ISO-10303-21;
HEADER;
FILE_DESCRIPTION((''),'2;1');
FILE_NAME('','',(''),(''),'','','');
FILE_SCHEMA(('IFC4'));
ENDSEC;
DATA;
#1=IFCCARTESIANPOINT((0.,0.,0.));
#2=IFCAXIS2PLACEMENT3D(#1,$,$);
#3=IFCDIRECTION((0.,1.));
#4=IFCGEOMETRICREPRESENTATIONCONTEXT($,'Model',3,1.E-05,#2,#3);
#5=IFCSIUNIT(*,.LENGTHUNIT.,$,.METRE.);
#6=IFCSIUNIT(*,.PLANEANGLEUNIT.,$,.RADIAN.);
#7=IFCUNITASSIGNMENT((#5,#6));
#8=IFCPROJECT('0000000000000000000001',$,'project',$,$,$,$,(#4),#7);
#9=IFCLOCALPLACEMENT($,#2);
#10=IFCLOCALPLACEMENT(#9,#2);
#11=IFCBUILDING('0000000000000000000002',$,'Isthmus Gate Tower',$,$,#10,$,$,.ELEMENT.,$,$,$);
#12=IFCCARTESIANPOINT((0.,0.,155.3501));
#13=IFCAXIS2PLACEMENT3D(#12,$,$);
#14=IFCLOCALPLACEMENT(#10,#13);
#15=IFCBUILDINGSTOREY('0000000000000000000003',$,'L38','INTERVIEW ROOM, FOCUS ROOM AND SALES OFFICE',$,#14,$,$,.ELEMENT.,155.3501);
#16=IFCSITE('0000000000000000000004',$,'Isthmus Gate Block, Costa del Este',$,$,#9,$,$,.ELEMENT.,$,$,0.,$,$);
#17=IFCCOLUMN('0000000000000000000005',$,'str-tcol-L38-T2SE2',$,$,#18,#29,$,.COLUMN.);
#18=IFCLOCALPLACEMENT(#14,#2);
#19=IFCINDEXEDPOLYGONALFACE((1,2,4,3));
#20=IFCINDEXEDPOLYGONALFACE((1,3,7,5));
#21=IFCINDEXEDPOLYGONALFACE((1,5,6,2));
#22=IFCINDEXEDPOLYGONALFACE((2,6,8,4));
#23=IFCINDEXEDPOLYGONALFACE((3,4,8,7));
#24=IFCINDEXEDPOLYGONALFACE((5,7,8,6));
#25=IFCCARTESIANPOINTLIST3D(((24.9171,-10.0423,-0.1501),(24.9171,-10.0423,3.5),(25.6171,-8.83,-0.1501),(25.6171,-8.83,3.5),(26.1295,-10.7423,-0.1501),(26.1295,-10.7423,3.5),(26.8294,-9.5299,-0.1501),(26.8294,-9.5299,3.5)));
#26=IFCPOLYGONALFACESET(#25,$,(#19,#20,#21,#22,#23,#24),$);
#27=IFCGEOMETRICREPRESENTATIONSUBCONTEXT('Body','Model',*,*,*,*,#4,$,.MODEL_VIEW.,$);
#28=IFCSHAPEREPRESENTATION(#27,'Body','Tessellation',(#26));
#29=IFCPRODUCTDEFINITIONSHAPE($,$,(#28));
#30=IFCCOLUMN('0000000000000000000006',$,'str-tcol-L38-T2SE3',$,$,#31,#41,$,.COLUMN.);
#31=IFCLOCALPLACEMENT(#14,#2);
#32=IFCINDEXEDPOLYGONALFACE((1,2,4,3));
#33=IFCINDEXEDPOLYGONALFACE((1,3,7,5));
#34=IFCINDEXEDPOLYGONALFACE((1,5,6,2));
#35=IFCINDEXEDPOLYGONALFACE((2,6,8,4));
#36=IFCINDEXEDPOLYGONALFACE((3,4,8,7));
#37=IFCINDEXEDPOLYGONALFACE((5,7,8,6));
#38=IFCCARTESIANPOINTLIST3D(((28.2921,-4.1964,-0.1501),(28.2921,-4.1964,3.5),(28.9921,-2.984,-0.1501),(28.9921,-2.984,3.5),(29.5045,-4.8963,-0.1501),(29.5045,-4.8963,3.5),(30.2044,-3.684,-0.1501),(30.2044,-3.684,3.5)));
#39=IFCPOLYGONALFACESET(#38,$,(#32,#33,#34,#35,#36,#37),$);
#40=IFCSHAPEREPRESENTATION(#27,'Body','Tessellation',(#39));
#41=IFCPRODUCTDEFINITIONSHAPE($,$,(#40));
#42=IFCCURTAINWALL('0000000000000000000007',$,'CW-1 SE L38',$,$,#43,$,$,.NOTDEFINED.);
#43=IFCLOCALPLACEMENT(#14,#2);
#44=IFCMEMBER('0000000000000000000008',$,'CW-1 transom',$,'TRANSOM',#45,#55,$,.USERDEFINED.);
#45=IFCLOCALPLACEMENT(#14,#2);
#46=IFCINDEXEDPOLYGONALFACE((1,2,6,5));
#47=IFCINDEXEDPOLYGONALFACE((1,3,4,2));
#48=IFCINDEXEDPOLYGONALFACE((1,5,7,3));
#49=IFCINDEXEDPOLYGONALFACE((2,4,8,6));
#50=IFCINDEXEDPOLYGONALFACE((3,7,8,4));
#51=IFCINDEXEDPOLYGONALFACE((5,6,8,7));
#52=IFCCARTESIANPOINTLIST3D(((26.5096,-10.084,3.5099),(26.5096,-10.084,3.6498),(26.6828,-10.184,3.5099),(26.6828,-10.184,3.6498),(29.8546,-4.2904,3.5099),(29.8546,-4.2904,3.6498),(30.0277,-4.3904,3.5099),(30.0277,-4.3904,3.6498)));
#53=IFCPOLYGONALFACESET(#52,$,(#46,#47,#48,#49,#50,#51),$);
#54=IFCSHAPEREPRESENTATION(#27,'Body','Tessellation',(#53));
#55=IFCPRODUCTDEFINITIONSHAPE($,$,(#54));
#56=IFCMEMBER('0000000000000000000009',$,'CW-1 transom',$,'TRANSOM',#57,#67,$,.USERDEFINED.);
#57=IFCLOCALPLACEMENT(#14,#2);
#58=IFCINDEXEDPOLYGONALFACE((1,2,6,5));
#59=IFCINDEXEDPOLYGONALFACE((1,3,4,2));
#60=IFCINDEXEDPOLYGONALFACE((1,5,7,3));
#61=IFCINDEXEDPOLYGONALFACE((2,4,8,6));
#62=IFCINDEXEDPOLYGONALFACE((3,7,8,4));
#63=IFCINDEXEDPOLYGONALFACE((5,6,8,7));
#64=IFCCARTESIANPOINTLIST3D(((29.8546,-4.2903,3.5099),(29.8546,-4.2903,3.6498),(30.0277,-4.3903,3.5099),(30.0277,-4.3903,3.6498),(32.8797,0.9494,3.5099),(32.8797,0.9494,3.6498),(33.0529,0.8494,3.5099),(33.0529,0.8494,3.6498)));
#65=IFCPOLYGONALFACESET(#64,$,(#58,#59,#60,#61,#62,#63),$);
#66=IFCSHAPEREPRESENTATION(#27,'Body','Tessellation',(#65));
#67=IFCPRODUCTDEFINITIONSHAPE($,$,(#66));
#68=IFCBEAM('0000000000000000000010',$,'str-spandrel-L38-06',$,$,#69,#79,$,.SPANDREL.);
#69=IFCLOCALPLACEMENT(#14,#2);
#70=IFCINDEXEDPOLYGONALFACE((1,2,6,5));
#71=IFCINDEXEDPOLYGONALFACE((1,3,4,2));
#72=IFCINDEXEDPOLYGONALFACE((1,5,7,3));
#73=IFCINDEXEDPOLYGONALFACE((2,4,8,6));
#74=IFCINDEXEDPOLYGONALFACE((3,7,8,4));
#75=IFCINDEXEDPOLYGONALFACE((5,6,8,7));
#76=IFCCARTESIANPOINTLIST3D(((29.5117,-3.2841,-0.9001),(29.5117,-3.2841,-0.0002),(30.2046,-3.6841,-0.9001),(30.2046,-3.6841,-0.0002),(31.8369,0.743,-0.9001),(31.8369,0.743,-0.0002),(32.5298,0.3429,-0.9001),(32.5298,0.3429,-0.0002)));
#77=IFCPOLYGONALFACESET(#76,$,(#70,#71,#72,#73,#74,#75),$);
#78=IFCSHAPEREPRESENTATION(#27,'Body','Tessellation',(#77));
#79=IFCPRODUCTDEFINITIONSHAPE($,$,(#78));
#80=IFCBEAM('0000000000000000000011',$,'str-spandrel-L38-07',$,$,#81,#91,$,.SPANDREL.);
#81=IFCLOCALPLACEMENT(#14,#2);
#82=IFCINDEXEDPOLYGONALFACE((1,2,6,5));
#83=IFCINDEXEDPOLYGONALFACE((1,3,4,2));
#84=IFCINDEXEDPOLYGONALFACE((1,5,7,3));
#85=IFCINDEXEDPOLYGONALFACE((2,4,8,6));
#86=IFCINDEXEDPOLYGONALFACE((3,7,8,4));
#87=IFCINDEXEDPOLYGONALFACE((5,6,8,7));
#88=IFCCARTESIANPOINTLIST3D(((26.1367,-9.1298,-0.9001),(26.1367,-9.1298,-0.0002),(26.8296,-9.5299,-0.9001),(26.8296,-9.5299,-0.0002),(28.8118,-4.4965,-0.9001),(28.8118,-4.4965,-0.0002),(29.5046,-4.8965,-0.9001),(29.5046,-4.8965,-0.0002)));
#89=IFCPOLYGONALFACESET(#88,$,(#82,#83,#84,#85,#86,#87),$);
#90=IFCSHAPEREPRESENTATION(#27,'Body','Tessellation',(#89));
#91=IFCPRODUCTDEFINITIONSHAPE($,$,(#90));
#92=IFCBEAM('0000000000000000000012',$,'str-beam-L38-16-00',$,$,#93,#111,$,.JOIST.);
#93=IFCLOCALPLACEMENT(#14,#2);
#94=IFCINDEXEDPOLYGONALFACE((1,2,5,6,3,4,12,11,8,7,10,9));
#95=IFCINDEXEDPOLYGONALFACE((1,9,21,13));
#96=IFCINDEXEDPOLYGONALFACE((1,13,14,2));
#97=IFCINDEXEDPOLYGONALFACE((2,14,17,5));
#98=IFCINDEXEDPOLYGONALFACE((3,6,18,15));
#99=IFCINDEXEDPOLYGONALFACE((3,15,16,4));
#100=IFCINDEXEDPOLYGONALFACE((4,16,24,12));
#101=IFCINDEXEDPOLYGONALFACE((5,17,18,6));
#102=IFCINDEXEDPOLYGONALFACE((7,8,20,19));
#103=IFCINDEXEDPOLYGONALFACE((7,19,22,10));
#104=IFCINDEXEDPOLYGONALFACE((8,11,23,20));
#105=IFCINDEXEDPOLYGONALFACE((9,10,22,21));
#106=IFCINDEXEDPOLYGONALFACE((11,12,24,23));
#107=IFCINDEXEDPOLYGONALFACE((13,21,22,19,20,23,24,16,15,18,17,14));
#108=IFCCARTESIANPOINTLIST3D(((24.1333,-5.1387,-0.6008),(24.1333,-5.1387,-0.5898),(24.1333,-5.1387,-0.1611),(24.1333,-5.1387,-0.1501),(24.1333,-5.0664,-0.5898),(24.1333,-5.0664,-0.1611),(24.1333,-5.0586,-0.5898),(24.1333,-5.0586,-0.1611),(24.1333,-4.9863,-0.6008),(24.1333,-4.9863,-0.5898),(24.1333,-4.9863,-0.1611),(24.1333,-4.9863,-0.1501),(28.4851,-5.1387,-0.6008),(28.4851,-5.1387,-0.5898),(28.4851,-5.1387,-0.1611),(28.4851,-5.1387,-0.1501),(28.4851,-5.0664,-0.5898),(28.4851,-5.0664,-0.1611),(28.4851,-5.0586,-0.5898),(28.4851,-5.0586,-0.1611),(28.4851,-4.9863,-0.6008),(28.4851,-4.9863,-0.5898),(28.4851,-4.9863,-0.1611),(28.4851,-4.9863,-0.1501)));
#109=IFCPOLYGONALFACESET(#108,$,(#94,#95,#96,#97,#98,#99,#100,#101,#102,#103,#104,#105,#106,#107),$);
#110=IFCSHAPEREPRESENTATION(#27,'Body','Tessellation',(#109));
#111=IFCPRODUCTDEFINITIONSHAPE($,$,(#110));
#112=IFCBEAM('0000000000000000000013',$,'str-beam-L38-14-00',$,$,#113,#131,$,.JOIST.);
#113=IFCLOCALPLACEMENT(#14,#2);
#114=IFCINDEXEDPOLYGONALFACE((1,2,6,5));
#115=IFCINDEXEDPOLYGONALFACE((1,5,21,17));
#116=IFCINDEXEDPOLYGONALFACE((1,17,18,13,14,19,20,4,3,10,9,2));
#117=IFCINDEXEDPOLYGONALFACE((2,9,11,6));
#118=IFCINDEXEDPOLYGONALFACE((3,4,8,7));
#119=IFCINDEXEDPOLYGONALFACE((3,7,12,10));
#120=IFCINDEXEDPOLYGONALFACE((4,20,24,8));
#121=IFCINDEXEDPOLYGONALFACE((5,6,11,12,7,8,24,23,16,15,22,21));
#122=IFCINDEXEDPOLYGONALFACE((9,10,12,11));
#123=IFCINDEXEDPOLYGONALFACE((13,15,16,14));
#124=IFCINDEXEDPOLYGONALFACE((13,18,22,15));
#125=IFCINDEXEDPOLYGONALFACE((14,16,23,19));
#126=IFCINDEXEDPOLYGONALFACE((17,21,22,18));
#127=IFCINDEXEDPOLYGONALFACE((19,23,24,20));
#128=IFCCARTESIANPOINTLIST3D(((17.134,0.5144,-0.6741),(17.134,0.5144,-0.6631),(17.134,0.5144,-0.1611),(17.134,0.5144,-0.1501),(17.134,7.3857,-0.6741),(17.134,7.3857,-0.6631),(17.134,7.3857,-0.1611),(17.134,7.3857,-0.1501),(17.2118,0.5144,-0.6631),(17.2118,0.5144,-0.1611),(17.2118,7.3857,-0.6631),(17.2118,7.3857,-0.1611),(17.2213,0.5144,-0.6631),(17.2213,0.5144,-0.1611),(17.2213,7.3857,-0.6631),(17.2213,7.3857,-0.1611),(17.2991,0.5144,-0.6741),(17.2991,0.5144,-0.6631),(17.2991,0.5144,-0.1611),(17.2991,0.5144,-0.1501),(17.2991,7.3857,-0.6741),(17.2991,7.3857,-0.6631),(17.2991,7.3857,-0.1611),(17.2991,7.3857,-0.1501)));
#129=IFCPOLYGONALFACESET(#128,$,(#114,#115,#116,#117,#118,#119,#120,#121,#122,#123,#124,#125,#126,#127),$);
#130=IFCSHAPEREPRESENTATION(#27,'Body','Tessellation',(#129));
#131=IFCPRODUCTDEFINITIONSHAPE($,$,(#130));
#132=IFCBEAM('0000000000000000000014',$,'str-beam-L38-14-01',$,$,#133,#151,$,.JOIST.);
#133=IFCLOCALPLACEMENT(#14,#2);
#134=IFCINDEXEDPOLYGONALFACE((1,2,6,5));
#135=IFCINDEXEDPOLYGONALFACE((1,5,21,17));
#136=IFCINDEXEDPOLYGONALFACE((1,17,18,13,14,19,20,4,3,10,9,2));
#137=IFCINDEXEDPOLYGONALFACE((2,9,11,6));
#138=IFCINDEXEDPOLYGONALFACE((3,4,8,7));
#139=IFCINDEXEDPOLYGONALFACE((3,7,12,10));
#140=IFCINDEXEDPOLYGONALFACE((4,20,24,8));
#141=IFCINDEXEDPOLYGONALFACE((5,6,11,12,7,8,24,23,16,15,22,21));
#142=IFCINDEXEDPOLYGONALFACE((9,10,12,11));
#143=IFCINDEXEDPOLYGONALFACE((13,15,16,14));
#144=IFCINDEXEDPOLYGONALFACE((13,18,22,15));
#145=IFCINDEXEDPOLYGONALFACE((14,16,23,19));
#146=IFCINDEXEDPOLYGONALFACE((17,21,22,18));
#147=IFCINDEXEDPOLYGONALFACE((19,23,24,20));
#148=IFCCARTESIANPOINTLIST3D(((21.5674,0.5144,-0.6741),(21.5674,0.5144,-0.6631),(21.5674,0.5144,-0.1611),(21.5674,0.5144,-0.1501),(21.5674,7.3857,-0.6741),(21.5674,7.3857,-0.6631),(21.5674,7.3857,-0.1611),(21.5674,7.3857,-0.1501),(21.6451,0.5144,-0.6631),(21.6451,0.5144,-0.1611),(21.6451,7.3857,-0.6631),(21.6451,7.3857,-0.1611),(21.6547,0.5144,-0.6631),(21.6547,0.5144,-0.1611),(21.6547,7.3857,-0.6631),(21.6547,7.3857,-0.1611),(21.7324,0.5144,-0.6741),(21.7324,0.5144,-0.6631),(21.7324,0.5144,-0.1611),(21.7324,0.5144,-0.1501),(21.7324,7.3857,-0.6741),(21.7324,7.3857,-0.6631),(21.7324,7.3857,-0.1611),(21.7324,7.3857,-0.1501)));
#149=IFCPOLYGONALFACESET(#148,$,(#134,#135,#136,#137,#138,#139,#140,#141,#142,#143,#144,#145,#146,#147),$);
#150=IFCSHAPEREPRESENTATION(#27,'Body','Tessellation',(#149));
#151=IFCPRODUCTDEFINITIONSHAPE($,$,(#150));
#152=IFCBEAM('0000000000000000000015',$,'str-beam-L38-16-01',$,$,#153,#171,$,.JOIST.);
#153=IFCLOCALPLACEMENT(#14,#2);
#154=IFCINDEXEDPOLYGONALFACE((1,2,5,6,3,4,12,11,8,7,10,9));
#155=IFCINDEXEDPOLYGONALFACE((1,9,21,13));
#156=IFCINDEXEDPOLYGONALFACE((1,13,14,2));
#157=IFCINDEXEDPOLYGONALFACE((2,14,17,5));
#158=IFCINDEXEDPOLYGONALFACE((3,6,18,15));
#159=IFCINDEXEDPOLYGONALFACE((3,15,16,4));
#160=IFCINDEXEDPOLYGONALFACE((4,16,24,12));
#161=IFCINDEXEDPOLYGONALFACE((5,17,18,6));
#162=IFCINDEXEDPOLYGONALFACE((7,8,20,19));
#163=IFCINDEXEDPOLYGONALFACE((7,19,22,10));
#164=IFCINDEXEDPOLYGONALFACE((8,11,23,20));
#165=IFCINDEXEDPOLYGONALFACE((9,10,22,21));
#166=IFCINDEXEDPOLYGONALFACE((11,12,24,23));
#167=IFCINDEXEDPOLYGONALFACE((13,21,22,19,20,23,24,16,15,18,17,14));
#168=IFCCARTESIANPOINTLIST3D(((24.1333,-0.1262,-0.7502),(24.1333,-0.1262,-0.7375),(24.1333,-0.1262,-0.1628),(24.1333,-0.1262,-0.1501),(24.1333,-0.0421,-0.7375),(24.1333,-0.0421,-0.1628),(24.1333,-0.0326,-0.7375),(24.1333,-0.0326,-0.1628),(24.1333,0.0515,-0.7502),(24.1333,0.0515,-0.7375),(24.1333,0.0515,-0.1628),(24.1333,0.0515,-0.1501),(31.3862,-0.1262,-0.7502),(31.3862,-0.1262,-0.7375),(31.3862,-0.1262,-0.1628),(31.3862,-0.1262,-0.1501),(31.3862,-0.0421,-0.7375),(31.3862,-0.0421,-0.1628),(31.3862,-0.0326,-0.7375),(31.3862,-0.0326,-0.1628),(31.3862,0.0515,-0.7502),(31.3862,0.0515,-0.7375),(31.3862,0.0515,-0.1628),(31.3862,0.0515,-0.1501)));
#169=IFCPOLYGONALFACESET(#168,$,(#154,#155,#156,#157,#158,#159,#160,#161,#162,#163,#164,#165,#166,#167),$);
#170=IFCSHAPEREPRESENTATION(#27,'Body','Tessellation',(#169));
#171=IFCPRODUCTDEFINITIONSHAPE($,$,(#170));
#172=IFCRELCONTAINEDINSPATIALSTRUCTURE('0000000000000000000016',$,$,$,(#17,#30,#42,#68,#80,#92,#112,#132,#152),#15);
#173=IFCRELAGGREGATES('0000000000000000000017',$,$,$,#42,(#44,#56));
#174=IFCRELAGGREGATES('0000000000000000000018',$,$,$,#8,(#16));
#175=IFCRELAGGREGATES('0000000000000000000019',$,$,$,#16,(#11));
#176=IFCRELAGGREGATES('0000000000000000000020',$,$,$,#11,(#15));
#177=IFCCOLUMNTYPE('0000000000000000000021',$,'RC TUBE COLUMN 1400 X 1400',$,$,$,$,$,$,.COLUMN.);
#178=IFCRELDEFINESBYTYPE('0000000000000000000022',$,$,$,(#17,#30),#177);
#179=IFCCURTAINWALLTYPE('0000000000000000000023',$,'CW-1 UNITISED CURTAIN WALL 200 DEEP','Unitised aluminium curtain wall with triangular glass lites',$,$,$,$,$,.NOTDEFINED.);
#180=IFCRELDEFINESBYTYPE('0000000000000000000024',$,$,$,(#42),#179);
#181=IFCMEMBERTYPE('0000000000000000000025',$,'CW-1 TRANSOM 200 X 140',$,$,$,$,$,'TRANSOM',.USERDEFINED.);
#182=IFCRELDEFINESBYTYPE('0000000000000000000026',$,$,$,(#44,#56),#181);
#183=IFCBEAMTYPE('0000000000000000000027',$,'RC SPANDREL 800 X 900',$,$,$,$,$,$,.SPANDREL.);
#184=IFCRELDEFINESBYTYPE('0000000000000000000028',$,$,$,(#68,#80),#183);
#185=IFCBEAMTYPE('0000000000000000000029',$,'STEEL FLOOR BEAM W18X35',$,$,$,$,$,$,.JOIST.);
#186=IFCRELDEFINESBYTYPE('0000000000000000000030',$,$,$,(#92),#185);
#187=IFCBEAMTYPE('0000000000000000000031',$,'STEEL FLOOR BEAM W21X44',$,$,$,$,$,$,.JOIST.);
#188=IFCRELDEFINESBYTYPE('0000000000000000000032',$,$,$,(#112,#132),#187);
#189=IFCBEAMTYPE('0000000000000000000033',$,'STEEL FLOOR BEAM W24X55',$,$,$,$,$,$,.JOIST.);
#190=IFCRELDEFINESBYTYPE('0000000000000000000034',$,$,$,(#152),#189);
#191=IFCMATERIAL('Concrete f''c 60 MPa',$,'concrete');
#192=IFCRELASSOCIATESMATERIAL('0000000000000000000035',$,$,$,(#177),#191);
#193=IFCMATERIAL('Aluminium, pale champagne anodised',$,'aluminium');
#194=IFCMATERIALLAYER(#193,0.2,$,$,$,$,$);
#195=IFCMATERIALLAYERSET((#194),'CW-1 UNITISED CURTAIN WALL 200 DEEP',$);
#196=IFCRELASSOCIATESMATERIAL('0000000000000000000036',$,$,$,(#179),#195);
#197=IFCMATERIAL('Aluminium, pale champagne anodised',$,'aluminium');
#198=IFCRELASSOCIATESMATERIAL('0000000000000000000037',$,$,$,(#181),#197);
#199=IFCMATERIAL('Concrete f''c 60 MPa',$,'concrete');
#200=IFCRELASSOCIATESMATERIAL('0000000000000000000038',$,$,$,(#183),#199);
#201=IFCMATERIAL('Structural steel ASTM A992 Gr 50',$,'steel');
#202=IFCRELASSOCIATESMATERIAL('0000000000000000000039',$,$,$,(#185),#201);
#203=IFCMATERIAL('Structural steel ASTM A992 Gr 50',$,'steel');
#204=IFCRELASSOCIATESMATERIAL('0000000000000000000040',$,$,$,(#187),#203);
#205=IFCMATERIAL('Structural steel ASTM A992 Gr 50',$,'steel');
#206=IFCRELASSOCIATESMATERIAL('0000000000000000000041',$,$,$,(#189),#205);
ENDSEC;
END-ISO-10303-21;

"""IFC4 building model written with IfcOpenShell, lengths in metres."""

from ifc_helpers import new_model, si_unit, direction, frame, origin, origin_2d, place, context, subcontext, project, spatial, rectangle, i_section, extrude, material, layer, layer_set, material_profile, profile_set, type_object, element, aggregate, save


model = new_model("IFC4")

# Units and contexts
model_context = context("Model", 3, precision=1e-05, world=origin(), true_north=direction((0.0, 1.0)))
body_context = subcontext(model_context, "Body", "Model", "MODEL_VIEW")
ifc_project = project(units=[si_unit("LENGTHUNIT", "METRE"), si_unit("PLANEANGLEUNIT", "RADIAN")], contexts=[model_context])

# Site, building, storey
site_placement = place(None, origin())
site = spatial("IfcSite", under=ifc_project, at=site_placement, Name="Isthmus Gate Block, Costa del Este", CompositionType="ELEMENT", RefElevation=0.0)
building_placement = place(site_placement, origin())
building = spatial("IfcBuilding", under=site, at=building_placement, Name="Isthmus Gate Tower", CompositionType="ELEMENT")
storey_placement = place(building_placement, frame((0.0, 0.0, 155.3501)))
storey = spatial("IfcBuildingStorey", under=building, at=storey_placement, Name="L38", Description="INTERVIEW ROOM, FOCUS ROOM AND SALES OFFICE", CompositionType="ELEMENT", Elevation=155.3501)

# Columns
ifc_material_1 = material(Name="Concrete f'c 60 MPa", Category="concrete")
ifc_material_profile_1 = material_profile(ifc_material_1, rectangle(XDim=1.3999, YDim=1.3999, at=origin_2d()), Name="RC 1400X1400")
ifc_profile_set_1 = profile_set([ifc_material_profile_1], Name="Concrete f'c 60 MPa")
column_type = type_object("IfcColumnType", Name="RC TUBE COLUMN 1400 X 1400", PredefinedType="COLUMN", material=ifc_profile_set_1)
for number, where, z_axis, x_axis, name in (
    (1, (25.8733, -9.7861, -0.1501), (0.0, 0.0, 1.0), (0.5, 0.866025, 0.0), "str-tcol-L38-T2SE2"),
    (2, (29.2483, -3.9402, -0.1501), (0.0, 0.0, 1.0), (0.5, 0.866025, 0.0), "str-tcol-L38-T2SE3"),
):
    element("IfcColumn", number, at=place(storey_placement, frame(where, z_axis=z_axis, x_axis=x_axis)), inside=storey, type_object=column_type, Name=name, PredefinedType="COLUMN", context=body_context, shape_type="SweptSolid", body=[
        extrude(rectangle(XDim=1.3999, YDim=1.3999, at=origin_2d()), origin(), (0.0, 0.0, 1.0), 3.6501),
    ])

# Curtain wall, members
ifc_material_2 = material(Name="Aluminium, pale champagne anodised", Category="aluminium")
ifc_layer_1 = layer(ifc_material_2, 0.2)
ifc_layer_set_1 = layer_set([ifc_layer_1], Name="CW-1 UNITISED CURTAIN WALL 200 DEEP")
curtain_wall_type = type_object("IfcCurtainWallType", Name="CW-1 UNITISED CURTAIN WALL 200 DEEP", Description="Unitised aluminium curtain wall with triangular glass lites", PredefinedType="NOTDEFINED", material=ifc_layer_set_1)
curtain_wall_placement = place(storey_placement, origin())
curtain_wall = element("IfcCurtainWall", 3, at=curtain_wall_placement, inside=storey, type_object=curtain_wall_type, Name="CW-1 SE L38", PredefinedType="NOTDEFINED")
ifc_material_3 = material(Name="Aluminium, pale champagne anodised", Category="aluminium")
ifc_material_profile_2 = material_profile(ifc_material_3, rectangle(XDim=0.2, YDim=0.1399, at=origin_2d()), Name="200x140")
ifc_profile_set_2 = profile_set([ifc_material_profile_2], Name="Aluminium, pale champagne anodised")
member_type = type_object("IfcMemberType", Name="CW-1 TRANSOM 200 X 140", ElementType="TRANSOM", PredefinedType="USERDEFINED", material=ifc_profile_set_2)
member_1_placement = place(storey_placement, frame((26.5962, -10.134, 3.5798), z_axis=(0.499997, 0.866027, 0.0), x_axis=(-0.866027, 0.499997, 0.0)))
member_1 = element("IfcMember", 4, at=member_1_placement, type_object=member_type, Name="CW-1 transom", ObjectType="TRANSOM", PredefinedType="USERDEFINED", context=body_context, shape_type="SweptSolid", body=[
    extrude(rectangle(XDim=0.2, YDim=0.1399, at=origin_2d()), origin(), (0.0, 0.0, 1.0), 6.6899),
])
member_2_placement = place(storey_placement, frame((29.9412, -4.3403, 3.5798), z_axis=(0.499997, 0.866027, 0.0), x_axis=(-0.866027, 0.499997, 0.0)))
member_2 = element("IfcMember", 5, at=member_2_placement, type_object=member_type, Name="CW-1 transom", ObjectType="TRANSOM", PredefinedType="USERDEFINED", context=body_context, shape_type="SweptSolid", body=[
    extrude(rectangle(XDim=0.2, YDim=0.1399, at=origin_2d()), origin(), (0.0, 0.0, 1.0), 6.0503),
])

# Beams
ifc_material_4 = material(Name="Concrete f'c 60 MPa", Category="concrete")
ifc_material_profile_3 = material_profile(ifc_material_4, rectangle(XDim=0.8, YDim=0.8999, at=origin_2d()), Name="RC 800X900")
ifc_profile_set_3 = profile_set([ifc_material_profile_3], Name="Concrete f'c 60 MPa")
beam_type_1 = type_object("IfcBeamType", Name="RC SPANDREL 800 X 900", PredefinedType="SPANDREL", material=ifc_profile_set_3)
beam_1_placement = place(storey_placement, frame((32.1833, 0.543, -0.4502), z_axis=(-0.500024, -0.866012, 0.0), x_axis=(0.866012, -0.500024, 0.0)))
element("IfcBeam", 6, at=beam_1_placement, inside=storey, type_object=beam_type_1, Name="str-spandrel-L38-06", PredefinedType="SPANDREL", context=body_context, shape_type="SweptSolid", body=[
    extrude(rectangle(XDim=0.8, YDim=0.8999, at=origin_2d()), origin(), (0.0, 0.0, 1.0), 4.6501),
])
beam_2_placement = place(storey_placement, frame((29.1582, -4.6965, -0.4502), z_axis=(-0.500002, -0.866024, 0.0), x_axis=(0.866024, -0.500002, 0.0)))
element("IfcBeam", 7, at=beam_2_placement, inside=storey, type_object=beam_type_1, Name="str-spandrel-L38-07", PredefinedType="SPANDREL", context=body_context, shape_type="SweptSolid", body=[
    extrude(rectangle(XDim=0.8, YDim=0.8999, at=origin_2d()), origin(), (0.0, 0.0, 1.0), 5.3501),
])
ifc_material_5 = material(Name="Structural steel ASTM A992 Gr 50", Category="steel")
ifc_material_profile_4 = material_profile(ifc_material_5, i_section(OverallWidth=0.1523, OverallDepth=0.4507, WebThickness=0.0078, FlangeThickness=0.011, at=origin_2d()), Name="W18X35")
ifc_profile_set_4 = profile_set([ifc_material_profile_4], Name="Structural steel ASTM A992 Gr 50")
beam_type_2 = type_object("IfcBeamType", Name="STEEL FLOOR BEAM W18X35", PredefinedType="JOIST", material=ifc_profile_set_4)
beam_3_placement = place(storey_placement, frame((24.1333, -5.0625, -0.3755), z_axis=(1.0, 0.0, 0.0), x_axis=(0.0, 1.0, 0.0)))
element("IfcBeam", 8, at=beam_3_placement, inside=storey, type_object=beam_type_2, Name="str-beam-L38-16-00", PredefinedType="JOIST", context=body_context, shape_type="SweptSolid", body=[
    extrude(i_section(OverallWidth=0.1523, OverallDepth=0.4507, WebThickness=0.0078, FlangeThickness=0.011, at=origin_2d()), origin(), (0.0, 0.0, 1.0), 4.3518),
])
ifc_material_6 = material(Name="Structural steel ASTM A992 Gr 50", Category="steel")
ifc_material_profile_5 = material_profile(ifc_material_6, i_section(OverallWidth=0.165, OverallDepth=0.5239, WebThickness=0.0095, FlangeThickness=0.011, at=origin_2d()), Name="W21X44")
ifc_profile_set_5 = profile_set([ifc_material_profile_5], Name="Structural steel ASTM A992 Gr 50")
beam_type_3 = type_object("IfcBeamType", Name="STEEL FLOOR BEAM W21X44", PredefinedType="JOIST", material=ifc_profile_set_5)
for number, where, z_axis, x_axis, name in (
    (9, (17.2166, 0.5144, -0.4121), (0.0, 1.0, 0.0), (-1.0, 0.0, 0.0), "str-beam-L38-14-00"),
    (10, (21.6499, 0.5144, -0.4121), (0.0, 1.0, 0.0), (-1.0, 0.0, 0.0), "str-beam-L38-14-01"),
):
    element("IfcBeam", number, at=place(storey_placement, frame(where, z_axis=z_axis, x_axis=x_axis)), inside=storey, type_object=beam_type_3, Name=name, PredefinedType="JOIST", context=body_context, shape_type="SweptSolid", body=[
        extrude(i_section(OverallWidth=0.165, OverallDepth=0.5239, WebThickness=0.0095, FlangeThickness=0.011, at=origin_2d()), origin(), (0.0, 0.0, 1.0), 6.8713),
    ])
ifc_material_7 = material(Name="Structural steel ASTM A992 Gr 50", Category="steel")
ifc_material_profile_6 = material_profile(ifc_material_7, i_section(OverallWidth=0.1777, OverallDepth=0.6001, WebThickness=0.0095, FlangeThickness=0.0127, at=origin_2d()), Name="W24X55")
ifc_profile_set_6 = profile_set([ifc_material_profile_6], Name="Structural steel ASTM A992 Gr 50")
beam_type_4 = type_object("IfcBeamType", Name="STEEL FLOOR BEAM W24X55", PredefinedType="JOIST", material=ifc_profile_set_6)
beam_4_placement = place(storey_placement, frame((24.1333, -0.0374, -0.4502), z_axis=(1.0, 0.0, 0.0), x_axis=(0.0, 1.0, 0.0)))
element("IfcBeam", 11, at=beam_4_placement, inside=storey, type_object=beam_type_4, Name="str-beam-L38-16-01", PredefinedType="JOIST", context=body_context, shape_type="SweptSolid", body=[
    extrude(i_section(OverallWidth=0.1777, OverallDepth=0.6001, WebThickness=0.0095, FlangeThickness=0.0127, at=origin_2d()), origin(), (0.0, 0.0, 1.0), 7.2529),
])

aggregate(curtain_wall, [member_1, member_2])

save(model, "model.ifc")
